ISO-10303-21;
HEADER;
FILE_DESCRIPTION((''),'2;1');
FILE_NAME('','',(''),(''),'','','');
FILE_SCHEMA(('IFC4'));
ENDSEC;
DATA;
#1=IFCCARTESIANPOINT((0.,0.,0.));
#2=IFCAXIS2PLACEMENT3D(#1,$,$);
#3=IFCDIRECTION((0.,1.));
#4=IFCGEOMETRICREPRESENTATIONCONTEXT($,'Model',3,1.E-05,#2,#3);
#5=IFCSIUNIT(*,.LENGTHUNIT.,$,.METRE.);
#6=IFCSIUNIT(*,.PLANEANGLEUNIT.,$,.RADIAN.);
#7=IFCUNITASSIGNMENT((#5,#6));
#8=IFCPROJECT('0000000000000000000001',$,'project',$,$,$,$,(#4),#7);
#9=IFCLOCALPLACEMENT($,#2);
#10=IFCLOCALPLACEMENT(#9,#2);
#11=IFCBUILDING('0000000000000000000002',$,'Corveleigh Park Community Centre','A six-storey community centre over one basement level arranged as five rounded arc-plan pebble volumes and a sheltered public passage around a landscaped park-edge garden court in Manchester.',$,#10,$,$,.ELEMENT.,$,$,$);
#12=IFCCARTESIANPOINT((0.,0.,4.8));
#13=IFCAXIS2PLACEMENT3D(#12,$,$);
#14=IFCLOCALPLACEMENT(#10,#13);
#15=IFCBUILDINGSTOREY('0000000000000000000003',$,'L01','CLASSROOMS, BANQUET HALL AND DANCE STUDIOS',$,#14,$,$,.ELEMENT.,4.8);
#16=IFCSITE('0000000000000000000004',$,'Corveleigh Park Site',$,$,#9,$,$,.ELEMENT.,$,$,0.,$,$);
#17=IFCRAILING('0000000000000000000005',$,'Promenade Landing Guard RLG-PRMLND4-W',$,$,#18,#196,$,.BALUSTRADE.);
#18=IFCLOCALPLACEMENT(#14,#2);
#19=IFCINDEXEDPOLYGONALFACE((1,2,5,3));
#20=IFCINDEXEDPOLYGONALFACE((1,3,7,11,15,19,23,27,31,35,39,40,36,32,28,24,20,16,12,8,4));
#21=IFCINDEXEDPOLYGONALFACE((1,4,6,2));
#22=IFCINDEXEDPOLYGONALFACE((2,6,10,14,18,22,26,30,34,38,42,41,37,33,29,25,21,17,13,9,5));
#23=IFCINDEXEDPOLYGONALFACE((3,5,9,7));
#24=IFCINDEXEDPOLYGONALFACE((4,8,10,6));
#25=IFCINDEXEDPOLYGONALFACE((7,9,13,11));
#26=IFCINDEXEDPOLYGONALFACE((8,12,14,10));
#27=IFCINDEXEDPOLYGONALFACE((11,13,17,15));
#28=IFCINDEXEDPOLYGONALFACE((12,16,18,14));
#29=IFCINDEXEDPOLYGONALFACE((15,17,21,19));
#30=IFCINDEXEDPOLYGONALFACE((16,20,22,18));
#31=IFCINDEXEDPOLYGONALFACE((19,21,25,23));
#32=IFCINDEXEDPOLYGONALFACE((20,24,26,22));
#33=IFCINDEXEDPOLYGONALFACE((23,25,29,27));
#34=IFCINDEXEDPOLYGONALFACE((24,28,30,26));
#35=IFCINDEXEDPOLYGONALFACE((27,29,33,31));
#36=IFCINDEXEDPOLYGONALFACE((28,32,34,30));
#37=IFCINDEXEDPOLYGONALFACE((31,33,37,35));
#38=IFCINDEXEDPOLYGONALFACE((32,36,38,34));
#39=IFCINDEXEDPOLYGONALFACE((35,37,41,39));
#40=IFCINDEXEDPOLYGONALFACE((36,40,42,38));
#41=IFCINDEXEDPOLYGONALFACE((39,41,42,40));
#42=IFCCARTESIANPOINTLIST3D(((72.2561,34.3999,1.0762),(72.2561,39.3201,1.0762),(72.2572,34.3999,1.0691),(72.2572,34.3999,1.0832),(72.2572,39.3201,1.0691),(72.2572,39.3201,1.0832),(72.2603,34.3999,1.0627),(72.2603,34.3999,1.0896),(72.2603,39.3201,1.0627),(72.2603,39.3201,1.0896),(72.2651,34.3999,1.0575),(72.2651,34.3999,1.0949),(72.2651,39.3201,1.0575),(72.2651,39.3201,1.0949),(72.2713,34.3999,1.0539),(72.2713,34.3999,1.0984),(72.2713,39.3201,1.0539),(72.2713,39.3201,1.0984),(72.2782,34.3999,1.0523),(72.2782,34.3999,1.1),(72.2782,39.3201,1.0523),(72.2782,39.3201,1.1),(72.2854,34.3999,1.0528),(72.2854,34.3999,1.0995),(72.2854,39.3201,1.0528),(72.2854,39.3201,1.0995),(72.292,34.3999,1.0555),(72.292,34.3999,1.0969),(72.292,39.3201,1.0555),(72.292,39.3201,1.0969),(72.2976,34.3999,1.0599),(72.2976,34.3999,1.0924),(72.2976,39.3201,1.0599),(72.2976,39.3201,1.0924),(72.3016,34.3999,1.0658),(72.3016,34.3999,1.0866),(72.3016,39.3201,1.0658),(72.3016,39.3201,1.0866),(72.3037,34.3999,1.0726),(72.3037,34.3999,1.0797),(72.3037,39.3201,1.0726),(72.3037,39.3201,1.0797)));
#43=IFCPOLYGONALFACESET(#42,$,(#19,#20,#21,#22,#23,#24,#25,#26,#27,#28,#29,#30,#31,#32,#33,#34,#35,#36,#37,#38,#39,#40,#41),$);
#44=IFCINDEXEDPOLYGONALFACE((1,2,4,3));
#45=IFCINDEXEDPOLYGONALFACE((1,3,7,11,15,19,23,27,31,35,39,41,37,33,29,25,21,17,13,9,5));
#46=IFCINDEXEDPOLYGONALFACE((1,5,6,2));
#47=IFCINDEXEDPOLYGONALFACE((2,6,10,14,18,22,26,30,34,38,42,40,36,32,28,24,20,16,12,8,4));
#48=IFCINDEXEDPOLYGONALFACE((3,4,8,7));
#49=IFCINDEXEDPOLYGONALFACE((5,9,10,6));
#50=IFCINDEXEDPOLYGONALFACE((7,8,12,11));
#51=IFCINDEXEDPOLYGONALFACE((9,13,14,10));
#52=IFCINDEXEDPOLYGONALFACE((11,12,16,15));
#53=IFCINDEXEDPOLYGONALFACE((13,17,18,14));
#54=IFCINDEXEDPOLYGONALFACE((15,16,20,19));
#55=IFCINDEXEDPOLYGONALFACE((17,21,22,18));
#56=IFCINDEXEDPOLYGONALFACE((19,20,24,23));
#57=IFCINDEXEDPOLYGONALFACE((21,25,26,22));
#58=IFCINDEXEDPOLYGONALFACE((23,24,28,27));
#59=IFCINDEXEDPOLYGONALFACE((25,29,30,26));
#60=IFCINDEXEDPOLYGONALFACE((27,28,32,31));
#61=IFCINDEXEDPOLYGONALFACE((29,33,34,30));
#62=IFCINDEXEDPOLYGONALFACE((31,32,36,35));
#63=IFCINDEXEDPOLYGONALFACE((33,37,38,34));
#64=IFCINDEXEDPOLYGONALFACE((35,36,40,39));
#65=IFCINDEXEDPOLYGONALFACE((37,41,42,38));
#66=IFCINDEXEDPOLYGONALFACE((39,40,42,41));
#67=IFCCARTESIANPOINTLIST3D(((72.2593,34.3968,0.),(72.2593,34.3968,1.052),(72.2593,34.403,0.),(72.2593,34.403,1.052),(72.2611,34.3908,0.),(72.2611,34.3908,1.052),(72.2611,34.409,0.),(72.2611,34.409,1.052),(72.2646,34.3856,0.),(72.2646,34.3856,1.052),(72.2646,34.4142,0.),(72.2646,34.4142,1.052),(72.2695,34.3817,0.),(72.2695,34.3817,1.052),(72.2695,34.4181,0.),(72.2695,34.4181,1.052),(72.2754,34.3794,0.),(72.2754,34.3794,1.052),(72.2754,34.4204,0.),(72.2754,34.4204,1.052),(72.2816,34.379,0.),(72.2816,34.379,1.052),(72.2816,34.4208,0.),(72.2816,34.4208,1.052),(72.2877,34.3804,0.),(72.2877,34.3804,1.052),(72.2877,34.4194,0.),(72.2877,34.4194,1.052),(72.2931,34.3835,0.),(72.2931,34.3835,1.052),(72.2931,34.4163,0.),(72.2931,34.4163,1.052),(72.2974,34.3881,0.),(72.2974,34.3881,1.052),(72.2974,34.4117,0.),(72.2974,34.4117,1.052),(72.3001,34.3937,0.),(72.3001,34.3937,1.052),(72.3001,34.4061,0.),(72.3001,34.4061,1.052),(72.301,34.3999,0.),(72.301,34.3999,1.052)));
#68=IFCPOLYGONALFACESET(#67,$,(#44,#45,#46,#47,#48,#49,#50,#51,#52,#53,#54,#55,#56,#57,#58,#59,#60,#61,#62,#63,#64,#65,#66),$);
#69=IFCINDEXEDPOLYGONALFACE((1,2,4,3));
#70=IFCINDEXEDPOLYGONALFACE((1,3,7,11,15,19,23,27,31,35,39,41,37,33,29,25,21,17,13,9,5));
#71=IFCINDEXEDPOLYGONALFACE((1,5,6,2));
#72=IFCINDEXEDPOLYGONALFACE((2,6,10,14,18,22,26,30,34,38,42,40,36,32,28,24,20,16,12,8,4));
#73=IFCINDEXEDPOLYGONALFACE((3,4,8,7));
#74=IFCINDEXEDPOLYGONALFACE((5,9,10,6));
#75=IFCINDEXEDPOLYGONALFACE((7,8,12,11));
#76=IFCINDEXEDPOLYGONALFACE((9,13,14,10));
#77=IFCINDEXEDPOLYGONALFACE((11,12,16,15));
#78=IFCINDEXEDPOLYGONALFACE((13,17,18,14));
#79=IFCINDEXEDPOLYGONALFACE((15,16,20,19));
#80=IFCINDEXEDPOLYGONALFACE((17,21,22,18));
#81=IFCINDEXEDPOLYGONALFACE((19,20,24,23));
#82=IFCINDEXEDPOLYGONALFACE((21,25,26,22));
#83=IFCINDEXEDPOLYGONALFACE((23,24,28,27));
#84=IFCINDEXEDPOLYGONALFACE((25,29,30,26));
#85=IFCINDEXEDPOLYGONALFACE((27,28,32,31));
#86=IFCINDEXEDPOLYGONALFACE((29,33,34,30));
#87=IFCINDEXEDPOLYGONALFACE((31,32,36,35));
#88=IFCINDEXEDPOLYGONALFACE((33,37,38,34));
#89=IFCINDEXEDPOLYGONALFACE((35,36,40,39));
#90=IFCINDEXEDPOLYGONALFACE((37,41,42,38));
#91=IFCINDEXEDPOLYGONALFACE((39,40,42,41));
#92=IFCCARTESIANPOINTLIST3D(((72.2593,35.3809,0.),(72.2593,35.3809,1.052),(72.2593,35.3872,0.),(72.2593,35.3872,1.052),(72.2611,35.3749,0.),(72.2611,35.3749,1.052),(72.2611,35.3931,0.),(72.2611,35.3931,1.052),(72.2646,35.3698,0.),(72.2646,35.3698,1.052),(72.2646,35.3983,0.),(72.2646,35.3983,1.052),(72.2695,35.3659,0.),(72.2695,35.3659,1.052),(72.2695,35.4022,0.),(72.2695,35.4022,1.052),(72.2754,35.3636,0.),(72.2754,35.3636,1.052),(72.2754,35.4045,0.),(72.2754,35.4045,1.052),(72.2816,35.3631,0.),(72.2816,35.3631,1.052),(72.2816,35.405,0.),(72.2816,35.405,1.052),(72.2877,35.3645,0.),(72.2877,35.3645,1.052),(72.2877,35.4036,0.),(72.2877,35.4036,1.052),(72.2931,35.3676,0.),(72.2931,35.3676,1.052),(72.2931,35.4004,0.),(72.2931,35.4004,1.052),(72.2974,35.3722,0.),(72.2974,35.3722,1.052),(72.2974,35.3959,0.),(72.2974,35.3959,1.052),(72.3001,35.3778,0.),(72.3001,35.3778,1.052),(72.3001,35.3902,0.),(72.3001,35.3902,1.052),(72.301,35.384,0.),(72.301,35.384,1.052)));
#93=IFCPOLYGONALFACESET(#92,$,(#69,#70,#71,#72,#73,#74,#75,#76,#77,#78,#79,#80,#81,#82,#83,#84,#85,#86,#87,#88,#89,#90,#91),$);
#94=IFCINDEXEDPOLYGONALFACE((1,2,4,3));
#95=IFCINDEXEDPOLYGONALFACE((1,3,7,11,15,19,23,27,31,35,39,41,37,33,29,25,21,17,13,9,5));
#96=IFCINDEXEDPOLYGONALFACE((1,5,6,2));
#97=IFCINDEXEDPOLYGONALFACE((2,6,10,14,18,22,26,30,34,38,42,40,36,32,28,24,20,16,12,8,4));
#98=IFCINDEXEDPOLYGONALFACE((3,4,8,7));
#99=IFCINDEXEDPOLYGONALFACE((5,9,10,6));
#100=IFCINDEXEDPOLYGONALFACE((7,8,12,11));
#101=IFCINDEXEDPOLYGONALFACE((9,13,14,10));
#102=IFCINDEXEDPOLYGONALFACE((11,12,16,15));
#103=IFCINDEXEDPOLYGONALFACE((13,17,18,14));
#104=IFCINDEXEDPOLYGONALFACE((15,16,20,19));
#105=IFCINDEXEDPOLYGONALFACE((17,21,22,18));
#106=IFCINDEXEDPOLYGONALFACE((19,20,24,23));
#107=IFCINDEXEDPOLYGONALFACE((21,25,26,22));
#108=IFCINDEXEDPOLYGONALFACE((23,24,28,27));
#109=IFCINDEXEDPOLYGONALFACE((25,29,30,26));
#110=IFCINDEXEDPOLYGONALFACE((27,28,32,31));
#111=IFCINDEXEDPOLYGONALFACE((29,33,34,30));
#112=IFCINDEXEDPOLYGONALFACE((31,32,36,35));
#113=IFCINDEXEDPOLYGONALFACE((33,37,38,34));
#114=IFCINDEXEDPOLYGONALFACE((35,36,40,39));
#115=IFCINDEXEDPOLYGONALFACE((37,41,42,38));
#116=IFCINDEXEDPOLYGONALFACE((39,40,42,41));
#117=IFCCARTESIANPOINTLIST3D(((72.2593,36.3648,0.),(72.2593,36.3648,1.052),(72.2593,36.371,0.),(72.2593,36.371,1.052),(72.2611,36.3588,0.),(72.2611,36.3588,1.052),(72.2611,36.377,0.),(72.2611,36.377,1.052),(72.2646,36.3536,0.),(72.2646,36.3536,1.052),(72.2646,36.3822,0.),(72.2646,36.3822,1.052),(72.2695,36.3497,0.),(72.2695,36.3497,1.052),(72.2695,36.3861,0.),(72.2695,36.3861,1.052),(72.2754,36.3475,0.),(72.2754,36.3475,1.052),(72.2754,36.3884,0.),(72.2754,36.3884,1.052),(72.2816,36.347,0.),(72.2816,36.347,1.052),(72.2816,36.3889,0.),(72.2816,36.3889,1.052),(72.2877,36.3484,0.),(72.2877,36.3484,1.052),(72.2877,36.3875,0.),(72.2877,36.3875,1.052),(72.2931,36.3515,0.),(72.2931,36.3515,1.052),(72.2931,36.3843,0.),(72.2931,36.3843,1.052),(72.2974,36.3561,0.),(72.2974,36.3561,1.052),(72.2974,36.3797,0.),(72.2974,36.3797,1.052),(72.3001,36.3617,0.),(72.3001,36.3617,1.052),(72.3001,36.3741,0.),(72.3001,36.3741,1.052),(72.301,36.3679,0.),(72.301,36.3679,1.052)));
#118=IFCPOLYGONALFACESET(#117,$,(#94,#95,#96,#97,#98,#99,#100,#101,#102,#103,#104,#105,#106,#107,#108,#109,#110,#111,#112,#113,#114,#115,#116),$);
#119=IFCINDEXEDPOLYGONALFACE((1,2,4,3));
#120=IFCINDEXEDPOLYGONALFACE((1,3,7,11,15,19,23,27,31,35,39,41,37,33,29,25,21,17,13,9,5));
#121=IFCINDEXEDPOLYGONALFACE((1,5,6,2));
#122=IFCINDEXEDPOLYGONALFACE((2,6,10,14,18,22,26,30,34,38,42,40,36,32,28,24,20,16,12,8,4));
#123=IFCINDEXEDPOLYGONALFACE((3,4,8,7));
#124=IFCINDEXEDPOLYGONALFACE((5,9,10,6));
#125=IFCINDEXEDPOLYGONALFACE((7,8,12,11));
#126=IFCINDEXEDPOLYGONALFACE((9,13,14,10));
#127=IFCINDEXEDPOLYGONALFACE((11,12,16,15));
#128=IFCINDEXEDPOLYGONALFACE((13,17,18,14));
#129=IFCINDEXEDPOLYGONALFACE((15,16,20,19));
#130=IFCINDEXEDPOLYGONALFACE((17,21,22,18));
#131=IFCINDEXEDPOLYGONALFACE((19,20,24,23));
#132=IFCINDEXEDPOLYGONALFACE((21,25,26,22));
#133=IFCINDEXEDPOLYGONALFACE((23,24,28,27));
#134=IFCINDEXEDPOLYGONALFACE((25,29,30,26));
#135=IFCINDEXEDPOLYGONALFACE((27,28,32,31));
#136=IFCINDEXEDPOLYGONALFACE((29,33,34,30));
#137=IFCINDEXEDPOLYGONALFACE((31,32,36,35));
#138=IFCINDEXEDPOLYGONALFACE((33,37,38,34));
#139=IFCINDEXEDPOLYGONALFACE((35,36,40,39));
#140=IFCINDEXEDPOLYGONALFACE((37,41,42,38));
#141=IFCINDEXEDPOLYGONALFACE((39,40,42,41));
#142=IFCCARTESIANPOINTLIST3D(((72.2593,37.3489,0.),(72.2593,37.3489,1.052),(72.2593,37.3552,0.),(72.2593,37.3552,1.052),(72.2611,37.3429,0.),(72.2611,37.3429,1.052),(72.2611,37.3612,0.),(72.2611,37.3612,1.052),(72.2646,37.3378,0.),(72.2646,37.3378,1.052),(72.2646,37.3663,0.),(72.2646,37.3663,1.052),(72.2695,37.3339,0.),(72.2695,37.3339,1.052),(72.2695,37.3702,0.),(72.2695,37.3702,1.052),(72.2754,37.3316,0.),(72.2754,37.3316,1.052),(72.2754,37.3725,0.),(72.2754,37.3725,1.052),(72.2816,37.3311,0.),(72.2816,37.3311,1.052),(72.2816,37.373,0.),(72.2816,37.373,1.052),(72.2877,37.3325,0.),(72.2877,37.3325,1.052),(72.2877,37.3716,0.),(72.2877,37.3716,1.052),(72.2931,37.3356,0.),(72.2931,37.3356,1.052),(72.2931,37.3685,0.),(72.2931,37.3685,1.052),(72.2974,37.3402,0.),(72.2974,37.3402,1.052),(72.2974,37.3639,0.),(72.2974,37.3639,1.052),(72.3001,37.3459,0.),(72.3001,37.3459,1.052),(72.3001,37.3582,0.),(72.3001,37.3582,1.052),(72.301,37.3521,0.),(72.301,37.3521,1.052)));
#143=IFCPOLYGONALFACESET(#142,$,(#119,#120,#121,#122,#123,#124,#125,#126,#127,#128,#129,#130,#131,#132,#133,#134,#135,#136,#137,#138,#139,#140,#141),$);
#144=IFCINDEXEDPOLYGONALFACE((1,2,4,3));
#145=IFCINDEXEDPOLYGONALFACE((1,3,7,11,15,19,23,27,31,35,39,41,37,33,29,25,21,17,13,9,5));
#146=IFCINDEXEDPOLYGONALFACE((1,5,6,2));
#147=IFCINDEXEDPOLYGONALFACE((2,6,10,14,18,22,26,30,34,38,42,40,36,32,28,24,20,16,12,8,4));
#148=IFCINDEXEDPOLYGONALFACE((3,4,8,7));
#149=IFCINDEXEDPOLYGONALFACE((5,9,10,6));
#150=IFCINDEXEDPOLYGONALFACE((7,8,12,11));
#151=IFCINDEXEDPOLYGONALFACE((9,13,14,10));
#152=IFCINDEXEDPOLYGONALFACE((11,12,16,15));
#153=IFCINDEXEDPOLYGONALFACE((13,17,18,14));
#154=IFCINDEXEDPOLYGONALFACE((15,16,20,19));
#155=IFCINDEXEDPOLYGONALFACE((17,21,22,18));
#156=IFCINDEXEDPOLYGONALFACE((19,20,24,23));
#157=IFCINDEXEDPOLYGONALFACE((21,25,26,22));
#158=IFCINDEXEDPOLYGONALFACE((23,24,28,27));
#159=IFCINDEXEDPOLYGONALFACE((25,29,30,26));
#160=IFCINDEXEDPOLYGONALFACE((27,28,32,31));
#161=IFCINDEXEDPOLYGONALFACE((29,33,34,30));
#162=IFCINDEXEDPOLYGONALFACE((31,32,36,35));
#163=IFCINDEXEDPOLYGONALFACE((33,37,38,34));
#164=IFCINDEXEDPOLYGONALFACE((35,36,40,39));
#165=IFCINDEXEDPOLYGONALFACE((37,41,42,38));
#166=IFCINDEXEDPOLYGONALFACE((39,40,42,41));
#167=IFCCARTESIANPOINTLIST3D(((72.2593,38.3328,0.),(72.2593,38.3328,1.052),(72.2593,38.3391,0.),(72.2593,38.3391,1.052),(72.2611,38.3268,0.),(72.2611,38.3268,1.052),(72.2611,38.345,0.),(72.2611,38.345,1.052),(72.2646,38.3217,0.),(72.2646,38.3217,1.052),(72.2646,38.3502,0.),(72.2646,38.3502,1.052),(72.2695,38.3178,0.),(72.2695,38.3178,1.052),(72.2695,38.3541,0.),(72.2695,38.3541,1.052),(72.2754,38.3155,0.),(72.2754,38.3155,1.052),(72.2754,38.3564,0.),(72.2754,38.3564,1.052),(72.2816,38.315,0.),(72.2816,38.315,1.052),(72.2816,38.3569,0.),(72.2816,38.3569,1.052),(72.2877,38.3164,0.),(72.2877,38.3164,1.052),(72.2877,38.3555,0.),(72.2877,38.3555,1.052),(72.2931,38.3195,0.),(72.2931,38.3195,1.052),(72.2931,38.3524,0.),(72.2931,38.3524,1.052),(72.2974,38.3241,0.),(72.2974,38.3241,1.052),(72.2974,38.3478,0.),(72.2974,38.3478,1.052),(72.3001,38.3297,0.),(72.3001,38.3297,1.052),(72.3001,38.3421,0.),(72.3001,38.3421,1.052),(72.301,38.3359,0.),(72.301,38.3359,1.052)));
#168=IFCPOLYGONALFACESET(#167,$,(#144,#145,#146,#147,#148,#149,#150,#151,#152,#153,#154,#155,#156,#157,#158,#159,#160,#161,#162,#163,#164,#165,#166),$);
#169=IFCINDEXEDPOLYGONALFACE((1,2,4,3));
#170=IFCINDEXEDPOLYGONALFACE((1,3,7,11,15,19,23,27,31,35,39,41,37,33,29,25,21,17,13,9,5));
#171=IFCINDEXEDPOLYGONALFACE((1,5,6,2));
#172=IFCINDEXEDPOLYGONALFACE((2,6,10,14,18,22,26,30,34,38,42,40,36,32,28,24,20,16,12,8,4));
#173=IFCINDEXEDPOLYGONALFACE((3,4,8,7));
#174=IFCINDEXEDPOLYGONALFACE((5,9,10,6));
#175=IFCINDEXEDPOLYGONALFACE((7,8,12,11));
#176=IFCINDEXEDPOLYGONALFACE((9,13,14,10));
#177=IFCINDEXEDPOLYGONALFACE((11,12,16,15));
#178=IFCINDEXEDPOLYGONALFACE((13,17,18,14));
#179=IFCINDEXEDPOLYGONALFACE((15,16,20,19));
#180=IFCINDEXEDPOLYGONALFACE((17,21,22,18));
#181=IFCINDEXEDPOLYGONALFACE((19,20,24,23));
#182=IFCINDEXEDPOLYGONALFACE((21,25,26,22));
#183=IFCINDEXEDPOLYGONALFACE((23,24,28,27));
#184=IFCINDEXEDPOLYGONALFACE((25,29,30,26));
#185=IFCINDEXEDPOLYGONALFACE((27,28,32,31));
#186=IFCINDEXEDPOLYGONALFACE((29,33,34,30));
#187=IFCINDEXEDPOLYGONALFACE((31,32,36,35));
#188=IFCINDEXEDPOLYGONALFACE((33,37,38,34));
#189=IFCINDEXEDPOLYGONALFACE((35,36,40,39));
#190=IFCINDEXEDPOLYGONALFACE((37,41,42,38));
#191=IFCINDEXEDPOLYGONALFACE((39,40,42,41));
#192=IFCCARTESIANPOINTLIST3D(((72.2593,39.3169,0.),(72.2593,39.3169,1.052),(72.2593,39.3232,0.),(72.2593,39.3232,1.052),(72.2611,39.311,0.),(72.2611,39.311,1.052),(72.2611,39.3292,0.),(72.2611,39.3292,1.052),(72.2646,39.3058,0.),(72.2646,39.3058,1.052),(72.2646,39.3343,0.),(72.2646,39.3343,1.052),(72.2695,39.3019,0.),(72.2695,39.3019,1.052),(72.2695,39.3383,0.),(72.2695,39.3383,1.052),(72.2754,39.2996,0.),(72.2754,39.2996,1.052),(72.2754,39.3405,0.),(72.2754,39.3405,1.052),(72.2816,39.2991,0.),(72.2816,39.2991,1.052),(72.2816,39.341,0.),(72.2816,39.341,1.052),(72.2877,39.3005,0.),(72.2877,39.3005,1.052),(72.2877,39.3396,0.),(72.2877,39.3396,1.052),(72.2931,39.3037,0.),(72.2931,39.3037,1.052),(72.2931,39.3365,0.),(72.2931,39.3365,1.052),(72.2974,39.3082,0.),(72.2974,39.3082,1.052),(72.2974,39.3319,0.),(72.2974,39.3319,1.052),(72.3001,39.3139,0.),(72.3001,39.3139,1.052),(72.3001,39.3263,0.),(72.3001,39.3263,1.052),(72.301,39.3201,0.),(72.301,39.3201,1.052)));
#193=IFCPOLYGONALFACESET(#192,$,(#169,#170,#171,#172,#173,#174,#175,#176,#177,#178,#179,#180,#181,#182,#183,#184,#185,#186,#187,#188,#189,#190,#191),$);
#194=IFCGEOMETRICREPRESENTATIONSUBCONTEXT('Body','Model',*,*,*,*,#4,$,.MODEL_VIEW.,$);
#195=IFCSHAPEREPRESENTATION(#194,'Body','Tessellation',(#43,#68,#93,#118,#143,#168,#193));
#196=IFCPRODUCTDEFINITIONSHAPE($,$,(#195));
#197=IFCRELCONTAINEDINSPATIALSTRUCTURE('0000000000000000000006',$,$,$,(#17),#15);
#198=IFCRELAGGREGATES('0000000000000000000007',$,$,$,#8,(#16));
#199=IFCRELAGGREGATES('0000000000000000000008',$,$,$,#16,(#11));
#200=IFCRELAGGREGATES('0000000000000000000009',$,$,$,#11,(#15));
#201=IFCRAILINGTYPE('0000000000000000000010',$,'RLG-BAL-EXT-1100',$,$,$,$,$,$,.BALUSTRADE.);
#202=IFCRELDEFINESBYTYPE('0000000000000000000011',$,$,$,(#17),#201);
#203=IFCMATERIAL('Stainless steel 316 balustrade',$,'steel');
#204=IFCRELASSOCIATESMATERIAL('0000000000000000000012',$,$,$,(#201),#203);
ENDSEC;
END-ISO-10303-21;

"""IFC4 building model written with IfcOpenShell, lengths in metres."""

from ifc_helpers import new_model, si_unit, direction, frame, origin, origin_2d, place, context, subcontext, project, spatial, circle, extrude, material, type_object, element, save


model = new_model("IFC4")

# Units and contexts
model_context = context("Model", 3, precision=1e-05, world=origin(), true_north=direction((0.0, 1.0)))
body_context = subcontext(model_context, "Body", "Model", "MODEL_VIEW")
ifc_project = project(units=[si_unit("LENGTHUNIT", "METRE"), si_unit("PLANEANGLEUNIT", "RADIAN")], contexts=[model_context])

# Site, building, storey
site_placement = place(None, origin())
site = spatial("IfcSite", under=ifc_project, at=site_placement, Name="Corveleigh Park Site", CompositionType="ELEMENT", RefElevation=0.0)
building_placement = place(site_placement, origin())
building = spatial("IfcBuilding", under=site, at=building_placement, Name="Corveleigh Park Community Centre", Description="A six-storey community centre over one basement level arranged as five rounded arc-plan pebble volumes and a sheltered public passage around a landscaped park-edge garden court in Manchester.", CompositionType="ELEMENT")
storey_placement = place(building_placement, frame((0.0, 0.0, 4.8)))
storey = spatial("IfcBuildingStorey", under=building, at=storey_placement, Name="L01", Description="CLASSROOMS, BANQUET HALL AND DANCE STUDIOS", CompositionType="ELEMENT", Elevation=4.8)

# Railing
ifc_material_1 = material(Name="Stainless steel 316 balustrade", Category="steel")
railing_type = type_object("IfcRailingType", Name="RLG-BAL-EXT-1100", PredefinedType="BALUSTRADE", material=ifc_material_1)
railing_1_placement = place(storey_placement, frame((72.28, 34.3999, 0.0)))
element("IfcRailing", 1, at=railing_1_placement, inside=storey, type_object=railing_type, Name="Promenade Landing Guard RLG-PRMLND4-W", PredefinedType="BALUSTRADE", context=body_context, shape_type="SweptSolid", body=[
    extrude(circle(Radius=0.0239, at=origin_2d()), frame((0.0, 0.0, 1.0762), z_axis=(0.0, 1.0, 0.0), x_axis=(-1.0, 0.0, 0.0)), (0.0, 0.0, 1.0), 4.9202),
    extrude(circle(Radius=0.021, at=origin_2d()), origin(), (0.0, 0.0, 1.0), 1.052),
    extrude(circle(Radius=0.021, at=origin_2d()), frame((0.0, 0.9841, 0.0)), (0.0, 0.0, 1.0), 1.052),
    extrude(circle(Radius=0.021, at=origin_2d()), frame((0.0, 1.968, 0.0)), (0.0, 0.0, 1.0), 1.052),
    extrude(circle(Radius=0.021, at=origin_2d()), frame((0.0, 2.9521, 0.0)), (0.0, 0.0, 1.0), 1.052),
    extrude(circle(Radius=0.021, at=origin_2d()), frame((0.0, 3.936, 0.0)), (0.0, 0.0, 1.0), 1.052),
    extrude(circle(Radius=0.021, at=origin_2d()), frame((0.0, 4.9202, 0.0)), (0.0, 0.0, 1.0), 1.052),
])

save(model, "model.ifc")
